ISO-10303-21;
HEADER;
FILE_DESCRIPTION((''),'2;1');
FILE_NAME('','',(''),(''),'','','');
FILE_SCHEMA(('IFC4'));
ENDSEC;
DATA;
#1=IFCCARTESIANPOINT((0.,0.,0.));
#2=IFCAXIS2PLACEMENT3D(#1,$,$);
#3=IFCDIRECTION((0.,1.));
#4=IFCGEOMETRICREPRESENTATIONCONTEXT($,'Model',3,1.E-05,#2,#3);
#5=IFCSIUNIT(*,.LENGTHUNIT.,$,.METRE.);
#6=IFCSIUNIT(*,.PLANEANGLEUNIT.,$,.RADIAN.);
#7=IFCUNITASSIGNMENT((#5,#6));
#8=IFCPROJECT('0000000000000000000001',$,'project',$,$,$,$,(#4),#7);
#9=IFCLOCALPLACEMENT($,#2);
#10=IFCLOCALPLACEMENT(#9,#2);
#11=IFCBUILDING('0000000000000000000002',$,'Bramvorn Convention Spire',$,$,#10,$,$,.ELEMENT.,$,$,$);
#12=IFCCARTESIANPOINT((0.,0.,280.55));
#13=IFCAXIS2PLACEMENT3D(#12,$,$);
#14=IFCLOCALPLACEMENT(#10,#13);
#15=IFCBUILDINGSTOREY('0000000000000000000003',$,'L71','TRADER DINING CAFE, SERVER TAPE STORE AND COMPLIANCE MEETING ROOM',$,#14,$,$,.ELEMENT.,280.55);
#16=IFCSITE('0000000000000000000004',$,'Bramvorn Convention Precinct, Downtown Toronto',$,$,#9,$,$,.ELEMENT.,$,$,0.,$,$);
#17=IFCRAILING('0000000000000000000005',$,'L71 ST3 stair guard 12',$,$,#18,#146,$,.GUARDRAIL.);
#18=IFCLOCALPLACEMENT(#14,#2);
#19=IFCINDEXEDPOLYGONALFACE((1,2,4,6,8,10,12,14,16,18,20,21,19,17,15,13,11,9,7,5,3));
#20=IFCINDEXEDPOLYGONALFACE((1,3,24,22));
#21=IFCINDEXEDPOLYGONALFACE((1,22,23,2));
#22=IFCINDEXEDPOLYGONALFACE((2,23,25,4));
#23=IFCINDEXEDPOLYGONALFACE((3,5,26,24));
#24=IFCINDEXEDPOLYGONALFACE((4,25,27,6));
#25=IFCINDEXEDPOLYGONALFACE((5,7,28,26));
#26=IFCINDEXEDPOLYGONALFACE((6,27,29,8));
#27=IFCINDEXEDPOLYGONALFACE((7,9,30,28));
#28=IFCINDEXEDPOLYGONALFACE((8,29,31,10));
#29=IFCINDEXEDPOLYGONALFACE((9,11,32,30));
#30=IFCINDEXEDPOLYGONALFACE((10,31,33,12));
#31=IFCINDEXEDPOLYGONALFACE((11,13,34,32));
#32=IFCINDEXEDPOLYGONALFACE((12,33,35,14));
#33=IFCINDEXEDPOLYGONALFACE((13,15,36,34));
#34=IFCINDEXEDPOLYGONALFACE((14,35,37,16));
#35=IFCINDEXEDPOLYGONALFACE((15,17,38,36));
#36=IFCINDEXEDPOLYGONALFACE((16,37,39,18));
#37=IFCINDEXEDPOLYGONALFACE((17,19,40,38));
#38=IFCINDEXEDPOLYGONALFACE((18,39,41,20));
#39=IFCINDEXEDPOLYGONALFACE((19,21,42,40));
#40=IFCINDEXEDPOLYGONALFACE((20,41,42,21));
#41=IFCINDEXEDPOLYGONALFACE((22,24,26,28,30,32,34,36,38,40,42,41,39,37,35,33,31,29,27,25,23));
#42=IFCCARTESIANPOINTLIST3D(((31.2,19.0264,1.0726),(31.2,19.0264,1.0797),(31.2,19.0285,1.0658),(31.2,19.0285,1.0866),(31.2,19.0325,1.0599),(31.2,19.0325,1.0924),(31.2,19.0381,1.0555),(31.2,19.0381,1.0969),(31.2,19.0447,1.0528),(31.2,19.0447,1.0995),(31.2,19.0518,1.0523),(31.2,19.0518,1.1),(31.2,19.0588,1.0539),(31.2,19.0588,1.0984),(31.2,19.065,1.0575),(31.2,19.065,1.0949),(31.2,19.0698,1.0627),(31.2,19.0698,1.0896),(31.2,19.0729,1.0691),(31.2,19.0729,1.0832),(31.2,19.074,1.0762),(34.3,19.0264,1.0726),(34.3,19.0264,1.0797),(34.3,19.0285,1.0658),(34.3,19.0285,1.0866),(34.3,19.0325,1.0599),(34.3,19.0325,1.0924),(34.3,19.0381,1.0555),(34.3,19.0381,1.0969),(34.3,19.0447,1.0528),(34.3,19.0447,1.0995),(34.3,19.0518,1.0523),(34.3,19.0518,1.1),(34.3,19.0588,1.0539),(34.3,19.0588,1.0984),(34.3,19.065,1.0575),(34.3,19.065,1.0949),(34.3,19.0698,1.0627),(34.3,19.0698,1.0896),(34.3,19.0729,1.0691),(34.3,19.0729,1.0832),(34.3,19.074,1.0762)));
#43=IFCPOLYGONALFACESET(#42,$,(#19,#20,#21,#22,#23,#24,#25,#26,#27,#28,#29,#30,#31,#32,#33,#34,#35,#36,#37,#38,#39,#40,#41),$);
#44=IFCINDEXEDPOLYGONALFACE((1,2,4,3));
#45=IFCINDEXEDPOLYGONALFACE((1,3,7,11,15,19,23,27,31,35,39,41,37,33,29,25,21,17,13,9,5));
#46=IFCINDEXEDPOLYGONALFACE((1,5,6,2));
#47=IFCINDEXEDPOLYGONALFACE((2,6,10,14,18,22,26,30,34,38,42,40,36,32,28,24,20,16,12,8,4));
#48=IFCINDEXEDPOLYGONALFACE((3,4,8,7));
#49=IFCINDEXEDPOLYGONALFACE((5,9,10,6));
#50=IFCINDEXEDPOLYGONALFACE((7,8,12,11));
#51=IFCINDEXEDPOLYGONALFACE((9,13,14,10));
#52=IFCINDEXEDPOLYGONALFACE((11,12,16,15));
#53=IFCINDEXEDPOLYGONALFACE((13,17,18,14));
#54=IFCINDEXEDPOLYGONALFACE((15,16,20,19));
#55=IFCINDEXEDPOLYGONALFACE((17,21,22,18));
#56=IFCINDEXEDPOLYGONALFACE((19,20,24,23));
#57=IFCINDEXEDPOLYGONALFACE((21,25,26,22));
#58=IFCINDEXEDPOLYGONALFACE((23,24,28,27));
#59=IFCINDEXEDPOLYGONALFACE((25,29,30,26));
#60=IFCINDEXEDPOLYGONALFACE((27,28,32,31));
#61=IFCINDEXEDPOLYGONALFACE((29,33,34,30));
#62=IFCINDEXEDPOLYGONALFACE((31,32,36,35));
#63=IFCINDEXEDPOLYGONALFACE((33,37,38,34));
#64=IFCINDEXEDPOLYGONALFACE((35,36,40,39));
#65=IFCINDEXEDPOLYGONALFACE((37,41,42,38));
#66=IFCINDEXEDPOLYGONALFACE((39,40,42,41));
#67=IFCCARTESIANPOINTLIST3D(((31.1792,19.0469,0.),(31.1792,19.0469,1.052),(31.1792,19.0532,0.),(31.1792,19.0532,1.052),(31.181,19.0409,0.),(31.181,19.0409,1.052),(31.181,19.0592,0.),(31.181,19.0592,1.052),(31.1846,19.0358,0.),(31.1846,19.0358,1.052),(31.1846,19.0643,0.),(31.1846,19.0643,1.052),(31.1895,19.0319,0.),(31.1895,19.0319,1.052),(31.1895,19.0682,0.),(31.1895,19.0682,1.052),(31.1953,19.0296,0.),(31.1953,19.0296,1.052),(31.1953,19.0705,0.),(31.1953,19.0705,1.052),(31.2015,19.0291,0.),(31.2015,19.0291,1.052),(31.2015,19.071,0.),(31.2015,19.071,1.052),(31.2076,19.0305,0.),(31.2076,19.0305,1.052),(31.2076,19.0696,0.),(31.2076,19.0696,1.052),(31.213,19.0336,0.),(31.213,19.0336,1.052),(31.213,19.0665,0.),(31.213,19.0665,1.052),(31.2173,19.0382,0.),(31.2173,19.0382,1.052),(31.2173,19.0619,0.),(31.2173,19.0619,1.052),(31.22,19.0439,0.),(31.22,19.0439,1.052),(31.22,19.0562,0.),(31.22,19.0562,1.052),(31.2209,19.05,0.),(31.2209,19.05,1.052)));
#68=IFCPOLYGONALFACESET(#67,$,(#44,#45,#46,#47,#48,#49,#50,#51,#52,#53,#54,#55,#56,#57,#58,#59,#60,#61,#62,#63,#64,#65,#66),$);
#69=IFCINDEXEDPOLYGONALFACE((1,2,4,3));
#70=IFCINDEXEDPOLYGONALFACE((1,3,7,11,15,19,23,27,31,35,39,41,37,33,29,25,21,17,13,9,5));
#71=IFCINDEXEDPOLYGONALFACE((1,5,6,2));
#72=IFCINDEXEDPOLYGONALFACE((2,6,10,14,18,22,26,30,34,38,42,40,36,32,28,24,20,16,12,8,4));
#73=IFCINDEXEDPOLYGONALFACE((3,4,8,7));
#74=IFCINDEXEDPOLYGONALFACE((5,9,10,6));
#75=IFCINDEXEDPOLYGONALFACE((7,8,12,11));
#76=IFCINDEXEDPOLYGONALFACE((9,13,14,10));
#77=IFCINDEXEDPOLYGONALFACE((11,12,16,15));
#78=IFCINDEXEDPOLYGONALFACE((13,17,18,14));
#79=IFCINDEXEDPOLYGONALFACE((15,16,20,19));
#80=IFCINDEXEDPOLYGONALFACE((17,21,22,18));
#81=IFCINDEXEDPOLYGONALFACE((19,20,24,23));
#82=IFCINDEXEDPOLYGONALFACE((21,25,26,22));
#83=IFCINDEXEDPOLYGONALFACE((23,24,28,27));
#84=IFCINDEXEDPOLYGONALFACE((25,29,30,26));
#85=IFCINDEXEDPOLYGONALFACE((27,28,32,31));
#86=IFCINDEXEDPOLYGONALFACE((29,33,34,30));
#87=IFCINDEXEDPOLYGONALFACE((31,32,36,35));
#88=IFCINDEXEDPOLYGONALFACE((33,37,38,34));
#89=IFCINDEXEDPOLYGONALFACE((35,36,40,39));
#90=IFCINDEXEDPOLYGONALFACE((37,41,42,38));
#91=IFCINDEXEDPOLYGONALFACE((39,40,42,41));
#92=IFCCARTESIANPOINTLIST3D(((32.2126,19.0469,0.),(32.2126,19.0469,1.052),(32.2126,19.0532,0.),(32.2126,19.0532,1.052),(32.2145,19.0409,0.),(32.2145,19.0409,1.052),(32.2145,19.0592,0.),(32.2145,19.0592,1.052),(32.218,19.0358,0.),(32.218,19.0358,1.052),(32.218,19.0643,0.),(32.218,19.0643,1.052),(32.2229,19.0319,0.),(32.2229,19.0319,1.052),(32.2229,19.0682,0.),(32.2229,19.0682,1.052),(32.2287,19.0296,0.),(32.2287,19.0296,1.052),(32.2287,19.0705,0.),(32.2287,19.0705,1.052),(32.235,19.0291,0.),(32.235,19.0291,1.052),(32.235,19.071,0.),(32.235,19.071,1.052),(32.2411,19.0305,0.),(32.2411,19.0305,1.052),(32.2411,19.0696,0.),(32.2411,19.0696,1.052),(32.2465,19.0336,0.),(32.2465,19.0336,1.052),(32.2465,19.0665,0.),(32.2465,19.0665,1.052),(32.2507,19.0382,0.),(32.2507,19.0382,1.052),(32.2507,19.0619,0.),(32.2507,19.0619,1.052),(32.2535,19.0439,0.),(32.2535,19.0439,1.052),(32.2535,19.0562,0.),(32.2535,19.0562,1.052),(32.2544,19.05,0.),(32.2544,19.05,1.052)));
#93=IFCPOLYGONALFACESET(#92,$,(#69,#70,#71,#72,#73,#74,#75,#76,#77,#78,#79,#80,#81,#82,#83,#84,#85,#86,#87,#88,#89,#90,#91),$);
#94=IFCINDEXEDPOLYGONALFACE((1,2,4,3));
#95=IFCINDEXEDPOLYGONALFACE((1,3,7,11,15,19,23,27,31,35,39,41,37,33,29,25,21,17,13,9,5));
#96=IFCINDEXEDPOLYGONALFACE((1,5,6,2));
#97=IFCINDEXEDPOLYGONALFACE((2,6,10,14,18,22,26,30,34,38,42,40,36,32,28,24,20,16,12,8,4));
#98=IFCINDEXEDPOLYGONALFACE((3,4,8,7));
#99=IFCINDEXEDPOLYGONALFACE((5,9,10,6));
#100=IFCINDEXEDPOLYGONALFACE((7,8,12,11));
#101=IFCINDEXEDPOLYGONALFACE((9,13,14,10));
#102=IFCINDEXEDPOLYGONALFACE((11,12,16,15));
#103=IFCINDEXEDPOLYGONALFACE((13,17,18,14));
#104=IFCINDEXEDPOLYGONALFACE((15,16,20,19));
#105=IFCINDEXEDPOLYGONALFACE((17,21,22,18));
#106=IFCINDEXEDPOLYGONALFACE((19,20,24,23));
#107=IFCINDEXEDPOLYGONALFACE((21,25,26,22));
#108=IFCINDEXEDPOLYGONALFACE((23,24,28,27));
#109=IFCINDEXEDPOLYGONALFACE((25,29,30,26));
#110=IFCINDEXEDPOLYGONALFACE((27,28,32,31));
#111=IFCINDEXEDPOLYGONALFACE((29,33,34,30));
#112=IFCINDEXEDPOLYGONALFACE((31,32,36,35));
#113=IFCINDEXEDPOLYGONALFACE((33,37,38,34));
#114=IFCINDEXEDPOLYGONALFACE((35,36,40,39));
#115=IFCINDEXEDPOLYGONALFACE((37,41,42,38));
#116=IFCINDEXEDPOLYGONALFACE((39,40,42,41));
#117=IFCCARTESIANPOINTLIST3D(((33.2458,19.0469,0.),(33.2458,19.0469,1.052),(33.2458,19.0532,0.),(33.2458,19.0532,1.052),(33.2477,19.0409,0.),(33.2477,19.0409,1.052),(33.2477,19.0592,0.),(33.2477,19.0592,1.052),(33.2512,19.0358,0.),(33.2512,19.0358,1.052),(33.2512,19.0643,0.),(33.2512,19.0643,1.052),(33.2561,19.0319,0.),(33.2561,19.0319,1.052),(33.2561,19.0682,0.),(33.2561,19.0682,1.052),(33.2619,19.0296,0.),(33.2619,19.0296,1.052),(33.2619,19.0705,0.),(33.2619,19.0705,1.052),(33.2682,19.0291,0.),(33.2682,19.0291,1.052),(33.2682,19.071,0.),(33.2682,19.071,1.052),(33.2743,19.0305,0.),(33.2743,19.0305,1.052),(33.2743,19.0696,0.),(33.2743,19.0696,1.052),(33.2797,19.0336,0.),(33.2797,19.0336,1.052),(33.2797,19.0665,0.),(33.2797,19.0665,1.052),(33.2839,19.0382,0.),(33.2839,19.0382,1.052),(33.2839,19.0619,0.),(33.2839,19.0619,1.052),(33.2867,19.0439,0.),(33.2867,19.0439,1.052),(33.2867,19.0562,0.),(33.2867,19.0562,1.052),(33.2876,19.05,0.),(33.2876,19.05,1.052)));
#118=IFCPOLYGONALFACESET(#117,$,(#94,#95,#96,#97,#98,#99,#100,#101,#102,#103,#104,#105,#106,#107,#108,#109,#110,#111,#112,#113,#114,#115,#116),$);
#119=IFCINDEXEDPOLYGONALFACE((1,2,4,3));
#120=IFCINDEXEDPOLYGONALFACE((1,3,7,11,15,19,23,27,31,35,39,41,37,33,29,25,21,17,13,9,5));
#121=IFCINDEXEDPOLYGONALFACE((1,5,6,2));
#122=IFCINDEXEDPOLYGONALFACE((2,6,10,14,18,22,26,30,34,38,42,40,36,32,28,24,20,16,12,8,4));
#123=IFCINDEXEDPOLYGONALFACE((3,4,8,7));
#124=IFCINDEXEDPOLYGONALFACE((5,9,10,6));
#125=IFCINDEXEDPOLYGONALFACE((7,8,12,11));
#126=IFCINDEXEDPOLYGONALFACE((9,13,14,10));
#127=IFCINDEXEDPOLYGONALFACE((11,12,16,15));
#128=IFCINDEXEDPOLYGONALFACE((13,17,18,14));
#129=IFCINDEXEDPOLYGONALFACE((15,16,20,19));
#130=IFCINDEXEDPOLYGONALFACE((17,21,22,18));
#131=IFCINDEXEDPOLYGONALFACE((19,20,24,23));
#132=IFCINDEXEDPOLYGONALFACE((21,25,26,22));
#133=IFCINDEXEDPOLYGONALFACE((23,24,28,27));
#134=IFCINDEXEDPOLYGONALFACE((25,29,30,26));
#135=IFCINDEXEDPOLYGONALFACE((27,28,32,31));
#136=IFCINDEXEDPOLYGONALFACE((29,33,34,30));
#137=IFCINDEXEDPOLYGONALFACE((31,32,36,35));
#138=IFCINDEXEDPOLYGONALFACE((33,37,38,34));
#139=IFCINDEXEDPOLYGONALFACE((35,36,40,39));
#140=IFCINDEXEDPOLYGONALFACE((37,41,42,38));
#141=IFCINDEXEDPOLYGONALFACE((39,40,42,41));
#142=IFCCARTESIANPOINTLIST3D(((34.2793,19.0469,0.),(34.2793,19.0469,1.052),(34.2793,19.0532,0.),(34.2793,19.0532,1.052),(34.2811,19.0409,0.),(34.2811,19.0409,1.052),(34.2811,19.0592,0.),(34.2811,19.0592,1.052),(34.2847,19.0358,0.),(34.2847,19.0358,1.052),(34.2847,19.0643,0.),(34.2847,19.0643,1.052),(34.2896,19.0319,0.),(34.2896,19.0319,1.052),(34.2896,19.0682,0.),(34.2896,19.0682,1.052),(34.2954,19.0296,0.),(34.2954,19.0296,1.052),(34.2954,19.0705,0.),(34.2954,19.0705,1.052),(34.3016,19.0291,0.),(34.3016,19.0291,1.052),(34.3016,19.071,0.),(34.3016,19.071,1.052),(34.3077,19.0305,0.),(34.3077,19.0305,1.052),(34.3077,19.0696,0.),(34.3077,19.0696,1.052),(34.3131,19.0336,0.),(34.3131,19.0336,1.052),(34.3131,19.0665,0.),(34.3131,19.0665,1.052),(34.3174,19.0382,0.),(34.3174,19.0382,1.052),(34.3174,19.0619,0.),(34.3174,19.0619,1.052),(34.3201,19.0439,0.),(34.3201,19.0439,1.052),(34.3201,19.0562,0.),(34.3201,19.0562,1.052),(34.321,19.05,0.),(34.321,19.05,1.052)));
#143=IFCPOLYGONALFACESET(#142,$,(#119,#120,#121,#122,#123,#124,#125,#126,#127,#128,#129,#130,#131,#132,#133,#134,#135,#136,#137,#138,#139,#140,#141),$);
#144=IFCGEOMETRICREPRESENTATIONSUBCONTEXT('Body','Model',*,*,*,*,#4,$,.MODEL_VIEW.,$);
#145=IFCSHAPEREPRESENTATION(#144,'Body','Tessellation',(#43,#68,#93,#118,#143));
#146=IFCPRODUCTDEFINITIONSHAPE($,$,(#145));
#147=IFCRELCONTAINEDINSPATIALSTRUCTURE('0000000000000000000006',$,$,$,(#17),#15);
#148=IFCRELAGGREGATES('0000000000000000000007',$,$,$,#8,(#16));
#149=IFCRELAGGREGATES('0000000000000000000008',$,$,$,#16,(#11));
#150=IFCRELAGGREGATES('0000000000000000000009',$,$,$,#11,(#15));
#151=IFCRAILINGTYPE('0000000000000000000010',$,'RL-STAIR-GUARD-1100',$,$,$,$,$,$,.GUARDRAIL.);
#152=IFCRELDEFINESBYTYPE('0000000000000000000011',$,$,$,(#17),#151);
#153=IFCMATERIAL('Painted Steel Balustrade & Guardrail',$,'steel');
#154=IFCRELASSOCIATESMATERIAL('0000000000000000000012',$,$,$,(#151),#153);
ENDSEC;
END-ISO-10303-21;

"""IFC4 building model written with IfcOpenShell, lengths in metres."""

from ifc_helpers import new_model, si_unit, direction, frame, origin, origin_2d, place, context, subcontext, project, spatial, circle, extrude, material, type_object, element, save


model = new_model("IFC4")

# Units and contexts
model_context = context("Model", 3, precision=1e-05, world=origin(), true_north=direction((0.0, 1.0)))
body_context = subcontext(model_context, "Body", "Model", "MODEL_VIEW")
ifc_project = project(units=[si_unit("LENGTHUNIT", "METRE"), si_unit("PLANEANGLEUNIT", "RADIAN")], contexts=[model_context])

# Site, building, storey
site_placement = place(None, origin())
site = spatial("IfcSite", under=ifc_project, at=site_placement, Name="Bramvorn Convention Precinct, Downtown Toronto", CompositionType="ELEMENT", RefElevation=0.0)
building_placement = place(site_placement, origin())
building = spatial("IfcBuilding", under=site, at=building_placement, Name="Bramvorn Convention Spire", CompositionType="ELEMENT")
storey_placement = place(building_placement, frame((0.0, 0.0, 280.55)))
storey = spatial("IfcBuildingStorey", under=building, at=storey_placement, Name="L71", Description="TRADER DINING CAFE, SERVER TAPE STORE AND COMPLIANCE MEETING ROOM", CompositionType="ELEMENT", Elevation=280.55)

# Railing
ifc_material_1 = material(Name="Painted Steel Balustrade & Guardrail", Category="steel")
railing_type_1 = type_object("IfcRailingType", Name="RL-STAIR-GUARD-1100", PredefinedType="GUARDRAIL", material=ifc_material_1)
railing_1_placement = place(storey_placement, frame((31.2, 19.05, 0.0)))
element("IfcRailing", 1, at=railing_1_placement, inside=storey, type_object=railing_type_1, Name="L71 ST3 stair guard 12", PredefinedType="GUARDRAIL", context=body_context, shape_type="SweptSolid", body=[
    extrude(circle(Radius=0.0239, at=origin_2d()), frame((0.0, 0.0, 1.0762), z_axis=(1.0, 0.0, 0.0), x_axis=(0.0, 1.0, 0.0)), (0.0, 0.0, 1.0), 3.1001),
    extrude(circle(Radius=0.021, at=origin_2d()), origin(), (0.0, 0.0, 1.0), 1.052),
    extrude(circle(Radius=0.021, at=origin_2d()), frame((1.0334, 0.0, 0.0)), (0.0, 0.0, 1.0), 1.052),
    extrude(circle(Radius=0.021, at=origin_2d()), frame((2.0667, 0.0, 0.0)), (0.0, 0.0, 1.0), 1.052),
    extrude(circle(Radius=0.021, at=origin_2d()), frame((3.1001, 0.0, 0.0)), (0.0, 0.0, 1.0), 1.052),
])

save(model, "model.ifc")
